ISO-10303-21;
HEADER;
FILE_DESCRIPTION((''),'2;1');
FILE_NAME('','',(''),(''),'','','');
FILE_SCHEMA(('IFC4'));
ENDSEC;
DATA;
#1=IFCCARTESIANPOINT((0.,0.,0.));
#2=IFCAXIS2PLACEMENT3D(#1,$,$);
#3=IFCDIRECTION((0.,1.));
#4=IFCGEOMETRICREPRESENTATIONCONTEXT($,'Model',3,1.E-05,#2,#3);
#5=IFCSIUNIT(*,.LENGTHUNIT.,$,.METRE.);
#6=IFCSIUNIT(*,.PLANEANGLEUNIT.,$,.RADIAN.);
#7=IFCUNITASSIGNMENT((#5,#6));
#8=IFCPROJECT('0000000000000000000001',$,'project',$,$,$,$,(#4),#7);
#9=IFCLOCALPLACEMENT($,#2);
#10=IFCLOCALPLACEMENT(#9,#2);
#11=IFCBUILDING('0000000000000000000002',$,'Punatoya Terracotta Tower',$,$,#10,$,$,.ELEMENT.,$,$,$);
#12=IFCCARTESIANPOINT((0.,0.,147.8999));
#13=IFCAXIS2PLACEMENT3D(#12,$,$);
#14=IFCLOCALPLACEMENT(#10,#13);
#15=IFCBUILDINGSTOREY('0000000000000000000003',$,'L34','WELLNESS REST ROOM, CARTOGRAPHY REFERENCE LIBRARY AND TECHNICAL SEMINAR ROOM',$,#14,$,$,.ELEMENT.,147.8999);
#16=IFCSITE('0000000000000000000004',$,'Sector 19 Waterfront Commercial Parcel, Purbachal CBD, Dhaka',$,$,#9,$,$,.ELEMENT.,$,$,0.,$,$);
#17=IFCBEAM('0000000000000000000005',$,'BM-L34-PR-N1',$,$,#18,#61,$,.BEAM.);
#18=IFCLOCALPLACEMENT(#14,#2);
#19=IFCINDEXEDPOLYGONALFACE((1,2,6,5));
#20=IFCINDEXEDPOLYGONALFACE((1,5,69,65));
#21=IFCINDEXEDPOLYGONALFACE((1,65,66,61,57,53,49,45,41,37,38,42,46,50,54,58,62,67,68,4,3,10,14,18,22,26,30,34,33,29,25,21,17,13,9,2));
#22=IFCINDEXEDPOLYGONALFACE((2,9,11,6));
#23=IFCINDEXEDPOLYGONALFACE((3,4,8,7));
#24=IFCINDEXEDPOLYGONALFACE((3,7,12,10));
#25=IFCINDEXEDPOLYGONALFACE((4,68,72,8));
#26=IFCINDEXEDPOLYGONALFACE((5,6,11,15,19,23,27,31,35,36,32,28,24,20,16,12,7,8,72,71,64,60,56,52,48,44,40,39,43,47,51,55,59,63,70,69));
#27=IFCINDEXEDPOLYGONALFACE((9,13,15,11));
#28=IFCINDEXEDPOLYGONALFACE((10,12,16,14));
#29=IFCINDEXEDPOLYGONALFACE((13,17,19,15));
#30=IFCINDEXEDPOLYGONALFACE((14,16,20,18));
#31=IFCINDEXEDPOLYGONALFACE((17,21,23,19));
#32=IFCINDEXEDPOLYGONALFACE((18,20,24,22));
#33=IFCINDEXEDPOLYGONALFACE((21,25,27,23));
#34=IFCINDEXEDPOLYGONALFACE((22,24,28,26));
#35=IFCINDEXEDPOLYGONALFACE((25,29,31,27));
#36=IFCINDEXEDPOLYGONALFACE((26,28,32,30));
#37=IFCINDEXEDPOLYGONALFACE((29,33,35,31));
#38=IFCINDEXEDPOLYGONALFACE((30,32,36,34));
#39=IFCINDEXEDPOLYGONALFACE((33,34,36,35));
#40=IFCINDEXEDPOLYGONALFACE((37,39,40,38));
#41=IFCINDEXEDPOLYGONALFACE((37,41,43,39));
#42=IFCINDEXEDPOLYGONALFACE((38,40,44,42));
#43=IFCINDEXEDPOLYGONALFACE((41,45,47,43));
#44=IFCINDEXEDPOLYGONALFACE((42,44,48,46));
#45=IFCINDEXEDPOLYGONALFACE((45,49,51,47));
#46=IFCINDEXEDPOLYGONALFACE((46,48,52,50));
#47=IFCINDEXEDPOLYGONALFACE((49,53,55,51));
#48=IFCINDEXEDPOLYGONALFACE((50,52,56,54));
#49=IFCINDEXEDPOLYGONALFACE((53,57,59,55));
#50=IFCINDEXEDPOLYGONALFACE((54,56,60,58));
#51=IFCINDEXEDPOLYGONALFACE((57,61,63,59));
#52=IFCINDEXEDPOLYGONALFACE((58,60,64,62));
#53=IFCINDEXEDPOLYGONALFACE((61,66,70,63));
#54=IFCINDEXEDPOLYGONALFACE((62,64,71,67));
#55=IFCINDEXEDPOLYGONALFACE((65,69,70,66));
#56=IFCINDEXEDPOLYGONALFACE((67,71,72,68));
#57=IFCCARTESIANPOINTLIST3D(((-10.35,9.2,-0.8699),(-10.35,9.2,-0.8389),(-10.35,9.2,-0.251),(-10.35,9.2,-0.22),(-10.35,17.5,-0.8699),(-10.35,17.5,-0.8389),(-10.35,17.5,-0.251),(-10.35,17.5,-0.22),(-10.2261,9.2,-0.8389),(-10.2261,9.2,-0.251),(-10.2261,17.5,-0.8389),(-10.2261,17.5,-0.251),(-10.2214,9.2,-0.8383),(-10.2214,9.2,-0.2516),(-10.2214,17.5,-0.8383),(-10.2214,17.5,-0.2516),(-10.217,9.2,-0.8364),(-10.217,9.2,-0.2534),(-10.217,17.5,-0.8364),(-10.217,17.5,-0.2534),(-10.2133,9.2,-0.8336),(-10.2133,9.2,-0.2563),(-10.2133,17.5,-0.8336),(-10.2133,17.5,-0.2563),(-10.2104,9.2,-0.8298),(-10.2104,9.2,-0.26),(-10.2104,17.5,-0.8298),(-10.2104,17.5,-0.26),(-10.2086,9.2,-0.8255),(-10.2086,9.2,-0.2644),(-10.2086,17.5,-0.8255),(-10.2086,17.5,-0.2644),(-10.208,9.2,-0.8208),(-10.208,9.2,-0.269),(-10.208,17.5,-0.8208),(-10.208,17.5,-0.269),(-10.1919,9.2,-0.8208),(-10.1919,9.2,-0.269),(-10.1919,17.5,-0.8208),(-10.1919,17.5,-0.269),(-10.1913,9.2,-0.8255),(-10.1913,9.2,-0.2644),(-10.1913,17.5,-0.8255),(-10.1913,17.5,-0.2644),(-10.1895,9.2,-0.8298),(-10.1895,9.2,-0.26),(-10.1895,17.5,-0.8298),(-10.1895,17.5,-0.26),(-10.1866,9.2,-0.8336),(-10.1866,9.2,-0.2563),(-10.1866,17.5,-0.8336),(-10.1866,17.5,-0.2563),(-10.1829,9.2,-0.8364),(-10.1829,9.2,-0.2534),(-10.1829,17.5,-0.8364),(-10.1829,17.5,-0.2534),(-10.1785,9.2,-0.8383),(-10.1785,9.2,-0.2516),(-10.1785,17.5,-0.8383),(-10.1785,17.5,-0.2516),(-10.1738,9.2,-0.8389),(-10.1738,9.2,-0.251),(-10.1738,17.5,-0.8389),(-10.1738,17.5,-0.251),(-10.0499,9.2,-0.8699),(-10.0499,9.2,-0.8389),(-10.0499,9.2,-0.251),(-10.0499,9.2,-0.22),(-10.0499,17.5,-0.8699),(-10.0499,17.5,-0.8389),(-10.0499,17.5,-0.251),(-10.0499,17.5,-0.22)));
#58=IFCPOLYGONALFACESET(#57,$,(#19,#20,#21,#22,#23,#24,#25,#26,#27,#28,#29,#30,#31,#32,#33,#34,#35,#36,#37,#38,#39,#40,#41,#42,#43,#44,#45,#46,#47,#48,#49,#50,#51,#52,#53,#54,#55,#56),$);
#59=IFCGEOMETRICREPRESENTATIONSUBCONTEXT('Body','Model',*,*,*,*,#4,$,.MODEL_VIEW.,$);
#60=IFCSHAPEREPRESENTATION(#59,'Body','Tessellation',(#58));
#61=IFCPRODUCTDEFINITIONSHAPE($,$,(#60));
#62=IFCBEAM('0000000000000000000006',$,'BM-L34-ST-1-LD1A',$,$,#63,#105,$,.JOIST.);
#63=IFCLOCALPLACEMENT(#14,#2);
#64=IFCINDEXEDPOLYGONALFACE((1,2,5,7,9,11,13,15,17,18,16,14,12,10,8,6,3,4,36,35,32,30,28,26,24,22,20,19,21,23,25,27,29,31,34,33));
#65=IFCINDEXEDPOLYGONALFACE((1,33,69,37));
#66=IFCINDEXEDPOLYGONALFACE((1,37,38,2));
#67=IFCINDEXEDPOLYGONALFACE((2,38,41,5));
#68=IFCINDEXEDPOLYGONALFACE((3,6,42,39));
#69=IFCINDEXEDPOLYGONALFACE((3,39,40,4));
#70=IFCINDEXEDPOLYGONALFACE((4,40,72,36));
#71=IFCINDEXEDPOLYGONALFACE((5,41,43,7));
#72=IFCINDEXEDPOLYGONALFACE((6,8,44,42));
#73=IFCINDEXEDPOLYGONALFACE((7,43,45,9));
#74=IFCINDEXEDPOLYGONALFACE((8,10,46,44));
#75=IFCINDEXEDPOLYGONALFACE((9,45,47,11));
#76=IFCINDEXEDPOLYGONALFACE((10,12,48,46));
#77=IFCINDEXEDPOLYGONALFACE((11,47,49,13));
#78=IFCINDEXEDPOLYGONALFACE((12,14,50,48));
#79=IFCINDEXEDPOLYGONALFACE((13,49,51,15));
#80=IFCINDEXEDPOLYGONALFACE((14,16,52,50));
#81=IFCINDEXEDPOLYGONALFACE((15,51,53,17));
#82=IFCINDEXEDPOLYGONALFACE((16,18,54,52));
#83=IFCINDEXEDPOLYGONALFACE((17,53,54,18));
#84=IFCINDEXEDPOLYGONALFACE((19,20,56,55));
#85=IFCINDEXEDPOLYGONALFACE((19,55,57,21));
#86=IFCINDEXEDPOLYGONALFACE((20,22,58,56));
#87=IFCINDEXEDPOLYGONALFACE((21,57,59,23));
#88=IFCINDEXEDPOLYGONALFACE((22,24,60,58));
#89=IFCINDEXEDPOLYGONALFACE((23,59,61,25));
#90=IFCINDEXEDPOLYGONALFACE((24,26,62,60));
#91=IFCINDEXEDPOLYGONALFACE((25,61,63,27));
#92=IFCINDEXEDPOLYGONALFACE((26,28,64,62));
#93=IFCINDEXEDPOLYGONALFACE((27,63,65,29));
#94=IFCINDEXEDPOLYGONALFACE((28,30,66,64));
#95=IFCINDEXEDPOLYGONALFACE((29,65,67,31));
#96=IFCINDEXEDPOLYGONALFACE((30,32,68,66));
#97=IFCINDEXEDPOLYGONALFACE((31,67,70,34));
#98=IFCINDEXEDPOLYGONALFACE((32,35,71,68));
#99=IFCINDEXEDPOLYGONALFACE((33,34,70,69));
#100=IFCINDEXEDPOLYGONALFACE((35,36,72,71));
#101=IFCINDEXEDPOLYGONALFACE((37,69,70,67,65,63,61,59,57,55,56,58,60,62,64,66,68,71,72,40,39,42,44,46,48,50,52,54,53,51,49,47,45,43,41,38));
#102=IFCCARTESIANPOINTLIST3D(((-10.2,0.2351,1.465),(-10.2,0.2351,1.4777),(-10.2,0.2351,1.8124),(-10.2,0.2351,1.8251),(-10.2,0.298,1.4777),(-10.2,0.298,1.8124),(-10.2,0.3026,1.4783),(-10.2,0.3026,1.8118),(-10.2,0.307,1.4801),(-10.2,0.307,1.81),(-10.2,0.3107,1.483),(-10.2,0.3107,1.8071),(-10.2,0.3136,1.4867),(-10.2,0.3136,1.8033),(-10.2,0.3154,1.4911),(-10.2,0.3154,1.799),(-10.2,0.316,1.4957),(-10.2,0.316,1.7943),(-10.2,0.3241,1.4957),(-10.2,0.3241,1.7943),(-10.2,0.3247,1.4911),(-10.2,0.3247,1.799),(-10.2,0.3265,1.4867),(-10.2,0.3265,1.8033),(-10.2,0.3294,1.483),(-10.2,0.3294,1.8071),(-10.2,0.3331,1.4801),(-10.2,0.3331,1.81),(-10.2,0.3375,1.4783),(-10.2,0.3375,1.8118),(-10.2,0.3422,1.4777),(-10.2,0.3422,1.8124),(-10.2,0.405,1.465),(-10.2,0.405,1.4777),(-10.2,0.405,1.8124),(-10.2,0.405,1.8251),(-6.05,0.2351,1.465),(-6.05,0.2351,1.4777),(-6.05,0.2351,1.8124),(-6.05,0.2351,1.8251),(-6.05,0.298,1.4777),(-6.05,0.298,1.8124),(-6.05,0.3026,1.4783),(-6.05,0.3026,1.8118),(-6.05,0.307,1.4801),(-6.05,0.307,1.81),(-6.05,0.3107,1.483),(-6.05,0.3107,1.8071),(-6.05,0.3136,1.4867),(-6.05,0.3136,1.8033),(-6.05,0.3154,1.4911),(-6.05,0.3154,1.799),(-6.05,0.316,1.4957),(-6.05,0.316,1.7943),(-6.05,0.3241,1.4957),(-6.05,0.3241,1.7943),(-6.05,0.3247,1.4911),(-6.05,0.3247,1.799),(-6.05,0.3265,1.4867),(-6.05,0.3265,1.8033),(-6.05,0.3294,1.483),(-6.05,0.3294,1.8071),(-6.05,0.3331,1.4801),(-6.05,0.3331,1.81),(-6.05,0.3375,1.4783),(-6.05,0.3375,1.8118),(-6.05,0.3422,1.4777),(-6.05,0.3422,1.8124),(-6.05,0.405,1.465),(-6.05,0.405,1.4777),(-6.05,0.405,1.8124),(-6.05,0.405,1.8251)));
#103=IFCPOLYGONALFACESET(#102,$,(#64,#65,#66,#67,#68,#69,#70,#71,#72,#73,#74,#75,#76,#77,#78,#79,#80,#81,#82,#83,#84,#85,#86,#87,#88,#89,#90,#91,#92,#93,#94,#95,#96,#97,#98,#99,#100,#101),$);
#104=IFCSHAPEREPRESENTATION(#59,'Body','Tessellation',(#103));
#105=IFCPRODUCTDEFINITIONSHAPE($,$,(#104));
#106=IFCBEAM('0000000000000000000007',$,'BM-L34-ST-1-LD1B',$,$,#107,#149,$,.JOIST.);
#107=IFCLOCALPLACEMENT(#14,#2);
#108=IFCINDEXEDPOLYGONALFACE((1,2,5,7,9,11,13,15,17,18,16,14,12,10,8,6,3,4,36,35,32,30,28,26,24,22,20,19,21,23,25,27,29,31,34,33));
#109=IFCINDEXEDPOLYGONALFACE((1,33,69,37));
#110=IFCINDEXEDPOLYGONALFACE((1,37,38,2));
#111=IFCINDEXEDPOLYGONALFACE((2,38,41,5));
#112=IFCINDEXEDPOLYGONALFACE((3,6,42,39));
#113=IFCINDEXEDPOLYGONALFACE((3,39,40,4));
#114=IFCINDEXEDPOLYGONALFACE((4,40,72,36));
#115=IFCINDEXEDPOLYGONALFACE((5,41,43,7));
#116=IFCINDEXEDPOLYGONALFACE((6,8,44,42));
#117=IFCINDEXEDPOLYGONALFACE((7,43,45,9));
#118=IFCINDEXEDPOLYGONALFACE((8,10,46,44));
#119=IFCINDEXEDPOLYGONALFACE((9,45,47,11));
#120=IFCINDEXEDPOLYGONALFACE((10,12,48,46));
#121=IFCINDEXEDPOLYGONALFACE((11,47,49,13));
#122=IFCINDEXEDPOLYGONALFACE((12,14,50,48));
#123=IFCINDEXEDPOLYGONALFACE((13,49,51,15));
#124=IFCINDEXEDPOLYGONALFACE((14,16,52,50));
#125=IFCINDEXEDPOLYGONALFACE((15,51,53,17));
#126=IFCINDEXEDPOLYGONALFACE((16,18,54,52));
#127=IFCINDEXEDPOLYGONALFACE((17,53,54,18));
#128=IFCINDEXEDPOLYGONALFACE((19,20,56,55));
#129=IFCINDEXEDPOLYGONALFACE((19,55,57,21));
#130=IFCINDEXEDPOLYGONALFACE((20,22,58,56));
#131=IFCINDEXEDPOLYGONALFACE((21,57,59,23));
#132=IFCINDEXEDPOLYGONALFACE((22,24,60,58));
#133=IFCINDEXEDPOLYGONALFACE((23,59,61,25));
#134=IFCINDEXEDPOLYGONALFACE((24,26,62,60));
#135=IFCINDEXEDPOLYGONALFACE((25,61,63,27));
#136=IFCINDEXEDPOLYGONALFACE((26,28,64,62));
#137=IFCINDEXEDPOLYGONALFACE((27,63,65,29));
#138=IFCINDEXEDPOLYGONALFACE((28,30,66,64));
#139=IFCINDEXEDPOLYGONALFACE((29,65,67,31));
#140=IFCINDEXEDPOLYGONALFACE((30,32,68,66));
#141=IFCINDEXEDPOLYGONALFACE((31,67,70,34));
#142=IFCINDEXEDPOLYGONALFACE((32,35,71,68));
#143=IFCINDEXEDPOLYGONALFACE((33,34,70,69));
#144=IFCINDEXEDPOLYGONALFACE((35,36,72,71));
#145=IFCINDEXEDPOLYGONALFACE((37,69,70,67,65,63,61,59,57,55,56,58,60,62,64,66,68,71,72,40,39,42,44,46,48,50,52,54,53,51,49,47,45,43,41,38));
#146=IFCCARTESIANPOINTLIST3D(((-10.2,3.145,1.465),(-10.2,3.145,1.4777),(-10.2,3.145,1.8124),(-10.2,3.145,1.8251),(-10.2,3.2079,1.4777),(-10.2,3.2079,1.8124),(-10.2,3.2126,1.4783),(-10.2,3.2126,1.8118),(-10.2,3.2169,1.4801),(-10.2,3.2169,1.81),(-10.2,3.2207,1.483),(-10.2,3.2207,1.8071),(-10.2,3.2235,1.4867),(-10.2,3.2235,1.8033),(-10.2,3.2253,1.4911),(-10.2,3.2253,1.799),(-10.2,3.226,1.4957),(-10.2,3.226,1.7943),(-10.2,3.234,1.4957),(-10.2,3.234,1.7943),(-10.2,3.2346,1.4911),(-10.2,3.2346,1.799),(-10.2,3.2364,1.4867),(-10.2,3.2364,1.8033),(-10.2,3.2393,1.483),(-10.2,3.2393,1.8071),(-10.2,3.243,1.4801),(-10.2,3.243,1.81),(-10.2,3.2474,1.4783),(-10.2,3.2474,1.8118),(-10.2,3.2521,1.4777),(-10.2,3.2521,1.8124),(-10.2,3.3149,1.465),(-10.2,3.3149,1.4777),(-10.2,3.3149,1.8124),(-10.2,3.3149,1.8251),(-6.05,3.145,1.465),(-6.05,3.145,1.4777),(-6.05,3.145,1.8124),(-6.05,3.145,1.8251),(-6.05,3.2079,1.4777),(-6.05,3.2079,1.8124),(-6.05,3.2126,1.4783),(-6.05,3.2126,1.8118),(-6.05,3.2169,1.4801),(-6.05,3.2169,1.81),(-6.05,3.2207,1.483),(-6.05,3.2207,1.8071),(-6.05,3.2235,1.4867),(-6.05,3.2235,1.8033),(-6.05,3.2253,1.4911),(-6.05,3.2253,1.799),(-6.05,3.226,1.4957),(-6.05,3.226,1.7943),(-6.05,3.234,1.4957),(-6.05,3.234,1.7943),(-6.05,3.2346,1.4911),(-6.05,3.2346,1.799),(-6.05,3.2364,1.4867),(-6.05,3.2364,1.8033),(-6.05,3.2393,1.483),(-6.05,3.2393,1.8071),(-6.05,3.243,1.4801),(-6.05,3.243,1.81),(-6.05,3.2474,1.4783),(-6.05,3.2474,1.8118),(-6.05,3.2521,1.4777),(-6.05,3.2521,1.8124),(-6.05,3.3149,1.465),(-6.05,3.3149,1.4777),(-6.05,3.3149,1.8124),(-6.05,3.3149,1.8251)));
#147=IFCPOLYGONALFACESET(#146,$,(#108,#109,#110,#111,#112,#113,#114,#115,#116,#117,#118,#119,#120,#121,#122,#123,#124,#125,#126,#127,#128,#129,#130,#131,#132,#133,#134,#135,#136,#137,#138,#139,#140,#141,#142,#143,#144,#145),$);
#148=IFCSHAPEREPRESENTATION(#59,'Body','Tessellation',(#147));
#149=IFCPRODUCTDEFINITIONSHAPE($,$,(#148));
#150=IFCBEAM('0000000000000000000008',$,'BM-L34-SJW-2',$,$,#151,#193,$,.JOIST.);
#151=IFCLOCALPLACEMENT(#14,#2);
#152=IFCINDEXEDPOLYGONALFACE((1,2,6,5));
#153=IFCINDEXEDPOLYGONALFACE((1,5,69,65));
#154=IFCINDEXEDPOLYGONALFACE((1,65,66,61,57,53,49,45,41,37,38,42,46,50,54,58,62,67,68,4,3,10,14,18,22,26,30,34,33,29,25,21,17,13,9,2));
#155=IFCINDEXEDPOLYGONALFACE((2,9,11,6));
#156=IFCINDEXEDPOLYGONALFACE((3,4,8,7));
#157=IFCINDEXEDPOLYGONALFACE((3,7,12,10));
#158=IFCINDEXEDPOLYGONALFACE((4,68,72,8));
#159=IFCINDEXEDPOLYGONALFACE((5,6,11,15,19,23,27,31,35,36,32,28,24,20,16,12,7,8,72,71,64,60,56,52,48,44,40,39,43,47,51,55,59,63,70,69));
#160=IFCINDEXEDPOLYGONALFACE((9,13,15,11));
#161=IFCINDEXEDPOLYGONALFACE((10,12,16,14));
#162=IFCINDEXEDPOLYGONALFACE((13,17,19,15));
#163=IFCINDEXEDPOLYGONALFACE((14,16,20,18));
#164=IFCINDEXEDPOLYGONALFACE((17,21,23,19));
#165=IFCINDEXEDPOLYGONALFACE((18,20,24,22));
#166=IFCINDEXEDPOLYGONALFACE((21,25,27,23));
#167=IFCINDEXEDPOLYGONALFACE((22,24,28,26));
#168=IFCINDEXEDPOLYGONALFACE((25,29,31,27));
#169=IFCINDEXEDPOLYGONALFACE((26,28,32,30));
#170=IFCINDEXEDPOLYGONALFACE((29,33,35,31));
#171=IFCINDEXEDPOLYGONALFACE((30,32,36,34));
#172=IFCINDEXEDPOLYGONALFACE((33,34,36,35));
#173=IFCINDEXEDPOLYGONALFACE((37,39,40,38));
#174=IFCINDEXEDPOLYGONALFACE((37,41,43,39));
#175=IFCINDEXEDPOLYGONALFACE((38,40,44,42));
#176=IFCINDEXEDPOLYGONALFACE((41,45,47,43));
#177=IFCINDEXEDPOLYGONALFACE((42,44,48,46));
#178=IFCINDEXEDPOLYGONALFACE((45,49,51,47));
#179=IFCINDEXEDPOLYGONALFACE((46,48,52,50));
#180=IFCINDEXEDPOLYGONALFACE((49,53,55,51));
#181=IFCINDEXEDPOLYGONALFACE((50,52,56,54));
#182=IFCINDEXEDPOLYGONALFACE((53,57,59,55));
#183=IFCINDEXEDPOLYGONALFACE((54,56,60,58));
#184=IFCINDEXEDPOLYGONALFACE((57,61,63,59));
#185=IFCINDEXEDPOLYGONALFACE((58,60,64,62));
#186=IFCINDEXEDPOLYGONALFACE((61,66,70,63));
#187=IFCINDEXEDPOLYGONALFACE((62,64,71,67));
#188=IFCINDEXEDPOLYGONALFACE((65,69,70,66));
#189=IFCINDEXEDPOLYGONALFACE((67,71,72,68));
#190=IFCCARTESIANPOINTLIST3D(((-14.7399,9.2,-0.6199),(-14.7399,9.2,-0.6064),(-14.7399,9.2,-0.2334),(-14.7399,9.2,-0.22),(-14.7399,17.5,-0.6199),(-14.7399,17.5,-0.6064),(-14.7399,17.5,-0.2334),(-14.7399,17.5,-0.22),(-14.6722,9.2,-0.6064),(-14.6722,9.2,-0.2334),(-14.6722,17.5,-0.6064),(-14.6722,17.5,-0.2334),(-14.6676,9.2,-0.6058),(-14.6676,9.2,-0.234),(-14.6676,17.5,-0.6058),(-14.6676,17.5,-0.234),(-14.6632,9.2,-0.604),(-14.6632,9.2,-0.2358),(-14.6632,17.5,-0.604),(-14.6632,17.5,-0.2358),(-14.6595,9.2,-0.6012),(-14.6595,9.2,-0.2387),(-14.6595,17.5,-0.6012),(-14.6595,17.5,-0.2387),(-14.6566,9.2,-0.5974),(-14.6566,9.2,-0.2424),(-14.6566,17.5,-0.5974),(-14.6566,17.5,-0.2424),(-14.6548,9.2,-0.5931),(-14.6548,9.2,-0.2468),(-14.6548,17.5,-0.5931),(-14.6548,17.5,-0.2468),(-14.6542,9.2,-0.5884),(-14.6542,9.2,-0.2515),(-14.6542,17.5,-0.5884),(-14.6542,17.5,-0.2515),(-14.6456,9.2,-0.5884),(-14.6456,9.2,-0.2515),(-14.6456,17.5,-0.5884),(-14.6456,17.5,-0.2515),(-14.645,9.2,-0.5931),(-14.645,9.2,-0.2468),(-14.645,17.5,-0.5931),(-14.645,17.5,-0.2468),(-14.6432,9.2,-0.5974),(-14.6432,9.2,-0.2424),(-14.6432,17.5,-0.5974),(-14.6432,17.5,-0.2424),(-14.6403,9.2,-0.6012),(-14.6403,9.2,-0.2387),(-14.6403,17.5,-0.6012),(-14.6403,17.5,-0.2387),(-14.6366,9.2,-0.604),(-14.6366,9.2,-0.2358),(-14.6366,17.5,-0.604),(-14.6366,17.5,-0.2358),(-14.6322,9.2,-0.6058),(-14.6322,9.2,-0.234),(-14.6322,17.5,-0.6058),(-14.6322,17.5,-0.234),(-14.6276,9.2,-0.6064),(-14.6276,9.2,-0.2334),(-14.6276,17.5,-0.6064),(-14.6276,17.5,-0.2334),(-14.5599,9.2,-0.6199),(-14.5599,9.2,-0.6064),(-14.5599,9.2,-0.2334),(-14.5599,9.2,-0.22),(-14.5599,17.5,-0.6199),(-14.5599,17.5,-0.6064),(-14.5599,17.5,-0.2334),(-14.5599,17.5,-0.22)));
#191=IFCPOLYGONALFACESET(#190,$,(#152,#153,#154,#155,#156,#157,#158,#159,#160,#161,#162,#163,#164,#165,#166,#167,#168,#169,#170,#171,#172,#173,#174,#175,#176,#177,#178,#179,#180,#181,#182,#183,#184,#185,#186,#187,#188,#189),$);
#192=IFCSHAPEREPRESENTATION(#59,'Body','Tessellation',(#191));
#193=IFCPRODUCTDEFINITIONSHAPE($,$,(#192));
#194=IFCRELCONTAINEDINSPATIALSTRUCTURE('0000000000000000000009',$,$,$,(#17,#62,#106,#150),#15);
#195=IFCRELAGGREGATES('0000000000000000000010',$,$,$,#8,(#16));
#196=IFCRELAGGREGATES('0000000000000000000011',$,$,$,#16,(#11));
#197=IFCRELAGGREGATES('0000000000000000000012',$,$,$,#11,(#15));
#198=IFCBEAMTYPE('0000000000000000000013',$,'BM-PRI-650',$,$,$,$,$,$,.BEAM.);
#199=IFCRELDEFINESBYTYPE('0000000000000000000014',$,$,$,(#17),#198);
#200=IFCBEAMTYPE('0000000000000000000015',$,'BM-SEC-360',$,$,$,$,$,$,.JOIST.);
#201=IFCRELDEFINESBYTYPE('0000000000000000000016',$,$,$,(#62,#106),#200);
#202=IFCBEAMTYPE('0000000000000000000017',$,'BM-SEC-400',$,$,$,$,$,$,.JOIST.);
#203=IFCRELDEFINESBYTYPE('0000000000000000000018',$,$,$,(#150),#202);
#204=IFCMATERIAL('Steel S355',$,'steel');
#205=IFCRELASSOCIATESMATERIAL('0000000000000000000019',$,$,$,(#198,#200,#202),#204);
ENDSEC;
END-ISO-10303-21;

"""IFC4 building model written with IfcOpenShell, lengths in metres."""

from ifc_helpers import new_model, si_unit, direction, frame, origin, origin_2d, place, context, subcontext, project, spatial, i_section, extrude, material, material_profile, profile_set, type_object, element, save


model = new_model("IFC4")

# Units and contexts
model_context = context("Model", 3, precision=1e-05, world=origin(), true_north=direction((0.0, 1.0)))
body_context = subcontext(model_context, "Body", "Model", "MODEL_VIEW")
ifc_project = project(units=[si_unit("LENGTHUNIT", "METRE"), si_unit("PLANEANGLEUNIT", "RADIAN")], contexts=[model_context])

# Site, building, storey
site_placement = place(None, origin())
site = spatial("IfcSite", under=ifc_project, at=site_placement, Name="Sector 19 Waterfront Commercial Parcel, Purbachal CBD, Dhaka", CompositionType="ELEMENT", RefElevation=0.0)
building_placement = place(site_placement, origin())
building = spatial("IfcBuilding", under=site, at=building_placement, Name="Punatoya Terracotta Tower", CompositionType="ELEMENT")
storey_placement = place(building_placement, frame((0.0, 0.0, 147.8999)))
storey = spatial("IfcBuildingStorey", under=building, at=storey_placement, Name="L34", Description="WELLNESS REST ROOM, CARTOGRAPHY REFERENCE LIBRARY AND TECHNICAL SEMINAR ROOM", CompositionType="ELEMENT", Elevation=147.8999)

# Beams
ifc_material_1 = material(Name="Steel S355", Category="steel")
ifc_material_profile_1 = material_profile(ifc_material_1, i_section(OverallWidth=0.3, OverallDepth=0.6499, WebThickness=0.0161, FlangeThickness=0.031, FilletRadius=0.0181, at=origin_2d()))
ifc_profile_set_1 = profile_set([ifc_material_profile_1], Name="Steel S355")
beam_type_1 = type_object("IfcBeamType", Name="BM-PRI-650", PredefinedType="BEAM", material=ifc_profile_set_1)
beam_1_placement = place(storey_placement, frame((-10.2, 9.2, -0.5449), z_axis=(0.0, 1.0, 0.0), x_axis=(-1.0, 0.0, 0.0)))
element("IfcBeam", 1, at=beam_1_placement, inside=storey, type_object=beam_type_1, Name="BM-L34-PR-N1", PredefinedType="BEAM", context=body_context, shape_type="SweptSolid", body=[
    extrude(i_section(OverallWidth=0.3, OverallDepth=0.6499, WebThickness=0.0161, FlangeThickness=0.031, FilletRadius=0.0181, at=origin_2d()), origin(), (0.0, 0.0, 1.0), 8.3),
])
ifc_material_profile_2 = material_profile(ifc_material_1, i_section(OverallWidth=0.1699, OverallDepth=0.3601, WebThickness=0.0081, FlangeThickness=0.0127, FilletRadius=0.0181, at=origin_2d()))
ifc_profile_set_2 = profile_set([ifc_material_profile_2], Name="Steel S355")
beam_type_2 = type_object("IfcBeamType", Name="BM-SEC-360", PredefinedType="JOIST", material=ifc_profile_set_2)
for number, where, z_axis, x_axis, name in (
    (2, (-10.2, 0.3201, 1.645), (1.0, 0.0, 0.0), (0.0, 1.0, 0.0), "BM-L34-ST-1-LD1A"),
    (3, (-10.2, 3.23, 1.645), (1.0, 0.0, 0.0), (0.0, 1.0, 0.0), "BM-L34-ST-1-LD1B"),
):
    element("IfcBeam", number, at=place(storey_placement, frame(where, z_axis=z_axis, x_axis=x_axis)), inside=storey, type_object=beam_type_2, Name=name, PredefinedType="JOIST", context=body_context, shape_type="SweptSolid", body=[
        extrude(i_section(OverallWidth=0.1699, OverallDepth=0.3601, WebThickness=0.0081, FlangeThickness=0.0127, FilletRadius=0.0181, at=origin_2d()), origin(), (0.0, 0.0, 1.0), 4.1499),
    ])
ifc_material_profile_3 = material_profile(ifc_material_1, i_section(OverallWidth=0.1799, OverallDepth=0.3999, WebThickness=0.0085, FlangeThickness=0.0134, FilletRadius=0.0181, at=origin_2d()))
ifc_profile_set_3 = profile_set([ifc_material_profile_3], Name="Steel S355")
beam_type_3 = type_object("IfcBeamType", Name="BM-SEC-400", PredefinedType="JOIST", material=ifc_profile_set_3)
beam_2_placement = place(storey_placement, frame((-14.6499, 9.2, -0.4199), z_axis=(0.0, 1.0, 0.0), x_axis=(-1.0, 0.0, 0.0)))
element("IfcBeam", 4, at=beam_2_placement, inside=storey, type_object=beam_type_3, Name="BM-L34-SJW-2", PredefinedType="JOIST", context=body_context, shape_type="SweptSolid", body=[
    extrude(i_section(OverallWidth=0.1799, OverallDepth=0.3999, WebThickness=0.0085, FlangeThickness=0.0134, FilletRadius=0.0181, at=origin_2d()), origin(), (0.0, 0.0, 1.0), 8.3),
])

save(model, "model.ifc")
